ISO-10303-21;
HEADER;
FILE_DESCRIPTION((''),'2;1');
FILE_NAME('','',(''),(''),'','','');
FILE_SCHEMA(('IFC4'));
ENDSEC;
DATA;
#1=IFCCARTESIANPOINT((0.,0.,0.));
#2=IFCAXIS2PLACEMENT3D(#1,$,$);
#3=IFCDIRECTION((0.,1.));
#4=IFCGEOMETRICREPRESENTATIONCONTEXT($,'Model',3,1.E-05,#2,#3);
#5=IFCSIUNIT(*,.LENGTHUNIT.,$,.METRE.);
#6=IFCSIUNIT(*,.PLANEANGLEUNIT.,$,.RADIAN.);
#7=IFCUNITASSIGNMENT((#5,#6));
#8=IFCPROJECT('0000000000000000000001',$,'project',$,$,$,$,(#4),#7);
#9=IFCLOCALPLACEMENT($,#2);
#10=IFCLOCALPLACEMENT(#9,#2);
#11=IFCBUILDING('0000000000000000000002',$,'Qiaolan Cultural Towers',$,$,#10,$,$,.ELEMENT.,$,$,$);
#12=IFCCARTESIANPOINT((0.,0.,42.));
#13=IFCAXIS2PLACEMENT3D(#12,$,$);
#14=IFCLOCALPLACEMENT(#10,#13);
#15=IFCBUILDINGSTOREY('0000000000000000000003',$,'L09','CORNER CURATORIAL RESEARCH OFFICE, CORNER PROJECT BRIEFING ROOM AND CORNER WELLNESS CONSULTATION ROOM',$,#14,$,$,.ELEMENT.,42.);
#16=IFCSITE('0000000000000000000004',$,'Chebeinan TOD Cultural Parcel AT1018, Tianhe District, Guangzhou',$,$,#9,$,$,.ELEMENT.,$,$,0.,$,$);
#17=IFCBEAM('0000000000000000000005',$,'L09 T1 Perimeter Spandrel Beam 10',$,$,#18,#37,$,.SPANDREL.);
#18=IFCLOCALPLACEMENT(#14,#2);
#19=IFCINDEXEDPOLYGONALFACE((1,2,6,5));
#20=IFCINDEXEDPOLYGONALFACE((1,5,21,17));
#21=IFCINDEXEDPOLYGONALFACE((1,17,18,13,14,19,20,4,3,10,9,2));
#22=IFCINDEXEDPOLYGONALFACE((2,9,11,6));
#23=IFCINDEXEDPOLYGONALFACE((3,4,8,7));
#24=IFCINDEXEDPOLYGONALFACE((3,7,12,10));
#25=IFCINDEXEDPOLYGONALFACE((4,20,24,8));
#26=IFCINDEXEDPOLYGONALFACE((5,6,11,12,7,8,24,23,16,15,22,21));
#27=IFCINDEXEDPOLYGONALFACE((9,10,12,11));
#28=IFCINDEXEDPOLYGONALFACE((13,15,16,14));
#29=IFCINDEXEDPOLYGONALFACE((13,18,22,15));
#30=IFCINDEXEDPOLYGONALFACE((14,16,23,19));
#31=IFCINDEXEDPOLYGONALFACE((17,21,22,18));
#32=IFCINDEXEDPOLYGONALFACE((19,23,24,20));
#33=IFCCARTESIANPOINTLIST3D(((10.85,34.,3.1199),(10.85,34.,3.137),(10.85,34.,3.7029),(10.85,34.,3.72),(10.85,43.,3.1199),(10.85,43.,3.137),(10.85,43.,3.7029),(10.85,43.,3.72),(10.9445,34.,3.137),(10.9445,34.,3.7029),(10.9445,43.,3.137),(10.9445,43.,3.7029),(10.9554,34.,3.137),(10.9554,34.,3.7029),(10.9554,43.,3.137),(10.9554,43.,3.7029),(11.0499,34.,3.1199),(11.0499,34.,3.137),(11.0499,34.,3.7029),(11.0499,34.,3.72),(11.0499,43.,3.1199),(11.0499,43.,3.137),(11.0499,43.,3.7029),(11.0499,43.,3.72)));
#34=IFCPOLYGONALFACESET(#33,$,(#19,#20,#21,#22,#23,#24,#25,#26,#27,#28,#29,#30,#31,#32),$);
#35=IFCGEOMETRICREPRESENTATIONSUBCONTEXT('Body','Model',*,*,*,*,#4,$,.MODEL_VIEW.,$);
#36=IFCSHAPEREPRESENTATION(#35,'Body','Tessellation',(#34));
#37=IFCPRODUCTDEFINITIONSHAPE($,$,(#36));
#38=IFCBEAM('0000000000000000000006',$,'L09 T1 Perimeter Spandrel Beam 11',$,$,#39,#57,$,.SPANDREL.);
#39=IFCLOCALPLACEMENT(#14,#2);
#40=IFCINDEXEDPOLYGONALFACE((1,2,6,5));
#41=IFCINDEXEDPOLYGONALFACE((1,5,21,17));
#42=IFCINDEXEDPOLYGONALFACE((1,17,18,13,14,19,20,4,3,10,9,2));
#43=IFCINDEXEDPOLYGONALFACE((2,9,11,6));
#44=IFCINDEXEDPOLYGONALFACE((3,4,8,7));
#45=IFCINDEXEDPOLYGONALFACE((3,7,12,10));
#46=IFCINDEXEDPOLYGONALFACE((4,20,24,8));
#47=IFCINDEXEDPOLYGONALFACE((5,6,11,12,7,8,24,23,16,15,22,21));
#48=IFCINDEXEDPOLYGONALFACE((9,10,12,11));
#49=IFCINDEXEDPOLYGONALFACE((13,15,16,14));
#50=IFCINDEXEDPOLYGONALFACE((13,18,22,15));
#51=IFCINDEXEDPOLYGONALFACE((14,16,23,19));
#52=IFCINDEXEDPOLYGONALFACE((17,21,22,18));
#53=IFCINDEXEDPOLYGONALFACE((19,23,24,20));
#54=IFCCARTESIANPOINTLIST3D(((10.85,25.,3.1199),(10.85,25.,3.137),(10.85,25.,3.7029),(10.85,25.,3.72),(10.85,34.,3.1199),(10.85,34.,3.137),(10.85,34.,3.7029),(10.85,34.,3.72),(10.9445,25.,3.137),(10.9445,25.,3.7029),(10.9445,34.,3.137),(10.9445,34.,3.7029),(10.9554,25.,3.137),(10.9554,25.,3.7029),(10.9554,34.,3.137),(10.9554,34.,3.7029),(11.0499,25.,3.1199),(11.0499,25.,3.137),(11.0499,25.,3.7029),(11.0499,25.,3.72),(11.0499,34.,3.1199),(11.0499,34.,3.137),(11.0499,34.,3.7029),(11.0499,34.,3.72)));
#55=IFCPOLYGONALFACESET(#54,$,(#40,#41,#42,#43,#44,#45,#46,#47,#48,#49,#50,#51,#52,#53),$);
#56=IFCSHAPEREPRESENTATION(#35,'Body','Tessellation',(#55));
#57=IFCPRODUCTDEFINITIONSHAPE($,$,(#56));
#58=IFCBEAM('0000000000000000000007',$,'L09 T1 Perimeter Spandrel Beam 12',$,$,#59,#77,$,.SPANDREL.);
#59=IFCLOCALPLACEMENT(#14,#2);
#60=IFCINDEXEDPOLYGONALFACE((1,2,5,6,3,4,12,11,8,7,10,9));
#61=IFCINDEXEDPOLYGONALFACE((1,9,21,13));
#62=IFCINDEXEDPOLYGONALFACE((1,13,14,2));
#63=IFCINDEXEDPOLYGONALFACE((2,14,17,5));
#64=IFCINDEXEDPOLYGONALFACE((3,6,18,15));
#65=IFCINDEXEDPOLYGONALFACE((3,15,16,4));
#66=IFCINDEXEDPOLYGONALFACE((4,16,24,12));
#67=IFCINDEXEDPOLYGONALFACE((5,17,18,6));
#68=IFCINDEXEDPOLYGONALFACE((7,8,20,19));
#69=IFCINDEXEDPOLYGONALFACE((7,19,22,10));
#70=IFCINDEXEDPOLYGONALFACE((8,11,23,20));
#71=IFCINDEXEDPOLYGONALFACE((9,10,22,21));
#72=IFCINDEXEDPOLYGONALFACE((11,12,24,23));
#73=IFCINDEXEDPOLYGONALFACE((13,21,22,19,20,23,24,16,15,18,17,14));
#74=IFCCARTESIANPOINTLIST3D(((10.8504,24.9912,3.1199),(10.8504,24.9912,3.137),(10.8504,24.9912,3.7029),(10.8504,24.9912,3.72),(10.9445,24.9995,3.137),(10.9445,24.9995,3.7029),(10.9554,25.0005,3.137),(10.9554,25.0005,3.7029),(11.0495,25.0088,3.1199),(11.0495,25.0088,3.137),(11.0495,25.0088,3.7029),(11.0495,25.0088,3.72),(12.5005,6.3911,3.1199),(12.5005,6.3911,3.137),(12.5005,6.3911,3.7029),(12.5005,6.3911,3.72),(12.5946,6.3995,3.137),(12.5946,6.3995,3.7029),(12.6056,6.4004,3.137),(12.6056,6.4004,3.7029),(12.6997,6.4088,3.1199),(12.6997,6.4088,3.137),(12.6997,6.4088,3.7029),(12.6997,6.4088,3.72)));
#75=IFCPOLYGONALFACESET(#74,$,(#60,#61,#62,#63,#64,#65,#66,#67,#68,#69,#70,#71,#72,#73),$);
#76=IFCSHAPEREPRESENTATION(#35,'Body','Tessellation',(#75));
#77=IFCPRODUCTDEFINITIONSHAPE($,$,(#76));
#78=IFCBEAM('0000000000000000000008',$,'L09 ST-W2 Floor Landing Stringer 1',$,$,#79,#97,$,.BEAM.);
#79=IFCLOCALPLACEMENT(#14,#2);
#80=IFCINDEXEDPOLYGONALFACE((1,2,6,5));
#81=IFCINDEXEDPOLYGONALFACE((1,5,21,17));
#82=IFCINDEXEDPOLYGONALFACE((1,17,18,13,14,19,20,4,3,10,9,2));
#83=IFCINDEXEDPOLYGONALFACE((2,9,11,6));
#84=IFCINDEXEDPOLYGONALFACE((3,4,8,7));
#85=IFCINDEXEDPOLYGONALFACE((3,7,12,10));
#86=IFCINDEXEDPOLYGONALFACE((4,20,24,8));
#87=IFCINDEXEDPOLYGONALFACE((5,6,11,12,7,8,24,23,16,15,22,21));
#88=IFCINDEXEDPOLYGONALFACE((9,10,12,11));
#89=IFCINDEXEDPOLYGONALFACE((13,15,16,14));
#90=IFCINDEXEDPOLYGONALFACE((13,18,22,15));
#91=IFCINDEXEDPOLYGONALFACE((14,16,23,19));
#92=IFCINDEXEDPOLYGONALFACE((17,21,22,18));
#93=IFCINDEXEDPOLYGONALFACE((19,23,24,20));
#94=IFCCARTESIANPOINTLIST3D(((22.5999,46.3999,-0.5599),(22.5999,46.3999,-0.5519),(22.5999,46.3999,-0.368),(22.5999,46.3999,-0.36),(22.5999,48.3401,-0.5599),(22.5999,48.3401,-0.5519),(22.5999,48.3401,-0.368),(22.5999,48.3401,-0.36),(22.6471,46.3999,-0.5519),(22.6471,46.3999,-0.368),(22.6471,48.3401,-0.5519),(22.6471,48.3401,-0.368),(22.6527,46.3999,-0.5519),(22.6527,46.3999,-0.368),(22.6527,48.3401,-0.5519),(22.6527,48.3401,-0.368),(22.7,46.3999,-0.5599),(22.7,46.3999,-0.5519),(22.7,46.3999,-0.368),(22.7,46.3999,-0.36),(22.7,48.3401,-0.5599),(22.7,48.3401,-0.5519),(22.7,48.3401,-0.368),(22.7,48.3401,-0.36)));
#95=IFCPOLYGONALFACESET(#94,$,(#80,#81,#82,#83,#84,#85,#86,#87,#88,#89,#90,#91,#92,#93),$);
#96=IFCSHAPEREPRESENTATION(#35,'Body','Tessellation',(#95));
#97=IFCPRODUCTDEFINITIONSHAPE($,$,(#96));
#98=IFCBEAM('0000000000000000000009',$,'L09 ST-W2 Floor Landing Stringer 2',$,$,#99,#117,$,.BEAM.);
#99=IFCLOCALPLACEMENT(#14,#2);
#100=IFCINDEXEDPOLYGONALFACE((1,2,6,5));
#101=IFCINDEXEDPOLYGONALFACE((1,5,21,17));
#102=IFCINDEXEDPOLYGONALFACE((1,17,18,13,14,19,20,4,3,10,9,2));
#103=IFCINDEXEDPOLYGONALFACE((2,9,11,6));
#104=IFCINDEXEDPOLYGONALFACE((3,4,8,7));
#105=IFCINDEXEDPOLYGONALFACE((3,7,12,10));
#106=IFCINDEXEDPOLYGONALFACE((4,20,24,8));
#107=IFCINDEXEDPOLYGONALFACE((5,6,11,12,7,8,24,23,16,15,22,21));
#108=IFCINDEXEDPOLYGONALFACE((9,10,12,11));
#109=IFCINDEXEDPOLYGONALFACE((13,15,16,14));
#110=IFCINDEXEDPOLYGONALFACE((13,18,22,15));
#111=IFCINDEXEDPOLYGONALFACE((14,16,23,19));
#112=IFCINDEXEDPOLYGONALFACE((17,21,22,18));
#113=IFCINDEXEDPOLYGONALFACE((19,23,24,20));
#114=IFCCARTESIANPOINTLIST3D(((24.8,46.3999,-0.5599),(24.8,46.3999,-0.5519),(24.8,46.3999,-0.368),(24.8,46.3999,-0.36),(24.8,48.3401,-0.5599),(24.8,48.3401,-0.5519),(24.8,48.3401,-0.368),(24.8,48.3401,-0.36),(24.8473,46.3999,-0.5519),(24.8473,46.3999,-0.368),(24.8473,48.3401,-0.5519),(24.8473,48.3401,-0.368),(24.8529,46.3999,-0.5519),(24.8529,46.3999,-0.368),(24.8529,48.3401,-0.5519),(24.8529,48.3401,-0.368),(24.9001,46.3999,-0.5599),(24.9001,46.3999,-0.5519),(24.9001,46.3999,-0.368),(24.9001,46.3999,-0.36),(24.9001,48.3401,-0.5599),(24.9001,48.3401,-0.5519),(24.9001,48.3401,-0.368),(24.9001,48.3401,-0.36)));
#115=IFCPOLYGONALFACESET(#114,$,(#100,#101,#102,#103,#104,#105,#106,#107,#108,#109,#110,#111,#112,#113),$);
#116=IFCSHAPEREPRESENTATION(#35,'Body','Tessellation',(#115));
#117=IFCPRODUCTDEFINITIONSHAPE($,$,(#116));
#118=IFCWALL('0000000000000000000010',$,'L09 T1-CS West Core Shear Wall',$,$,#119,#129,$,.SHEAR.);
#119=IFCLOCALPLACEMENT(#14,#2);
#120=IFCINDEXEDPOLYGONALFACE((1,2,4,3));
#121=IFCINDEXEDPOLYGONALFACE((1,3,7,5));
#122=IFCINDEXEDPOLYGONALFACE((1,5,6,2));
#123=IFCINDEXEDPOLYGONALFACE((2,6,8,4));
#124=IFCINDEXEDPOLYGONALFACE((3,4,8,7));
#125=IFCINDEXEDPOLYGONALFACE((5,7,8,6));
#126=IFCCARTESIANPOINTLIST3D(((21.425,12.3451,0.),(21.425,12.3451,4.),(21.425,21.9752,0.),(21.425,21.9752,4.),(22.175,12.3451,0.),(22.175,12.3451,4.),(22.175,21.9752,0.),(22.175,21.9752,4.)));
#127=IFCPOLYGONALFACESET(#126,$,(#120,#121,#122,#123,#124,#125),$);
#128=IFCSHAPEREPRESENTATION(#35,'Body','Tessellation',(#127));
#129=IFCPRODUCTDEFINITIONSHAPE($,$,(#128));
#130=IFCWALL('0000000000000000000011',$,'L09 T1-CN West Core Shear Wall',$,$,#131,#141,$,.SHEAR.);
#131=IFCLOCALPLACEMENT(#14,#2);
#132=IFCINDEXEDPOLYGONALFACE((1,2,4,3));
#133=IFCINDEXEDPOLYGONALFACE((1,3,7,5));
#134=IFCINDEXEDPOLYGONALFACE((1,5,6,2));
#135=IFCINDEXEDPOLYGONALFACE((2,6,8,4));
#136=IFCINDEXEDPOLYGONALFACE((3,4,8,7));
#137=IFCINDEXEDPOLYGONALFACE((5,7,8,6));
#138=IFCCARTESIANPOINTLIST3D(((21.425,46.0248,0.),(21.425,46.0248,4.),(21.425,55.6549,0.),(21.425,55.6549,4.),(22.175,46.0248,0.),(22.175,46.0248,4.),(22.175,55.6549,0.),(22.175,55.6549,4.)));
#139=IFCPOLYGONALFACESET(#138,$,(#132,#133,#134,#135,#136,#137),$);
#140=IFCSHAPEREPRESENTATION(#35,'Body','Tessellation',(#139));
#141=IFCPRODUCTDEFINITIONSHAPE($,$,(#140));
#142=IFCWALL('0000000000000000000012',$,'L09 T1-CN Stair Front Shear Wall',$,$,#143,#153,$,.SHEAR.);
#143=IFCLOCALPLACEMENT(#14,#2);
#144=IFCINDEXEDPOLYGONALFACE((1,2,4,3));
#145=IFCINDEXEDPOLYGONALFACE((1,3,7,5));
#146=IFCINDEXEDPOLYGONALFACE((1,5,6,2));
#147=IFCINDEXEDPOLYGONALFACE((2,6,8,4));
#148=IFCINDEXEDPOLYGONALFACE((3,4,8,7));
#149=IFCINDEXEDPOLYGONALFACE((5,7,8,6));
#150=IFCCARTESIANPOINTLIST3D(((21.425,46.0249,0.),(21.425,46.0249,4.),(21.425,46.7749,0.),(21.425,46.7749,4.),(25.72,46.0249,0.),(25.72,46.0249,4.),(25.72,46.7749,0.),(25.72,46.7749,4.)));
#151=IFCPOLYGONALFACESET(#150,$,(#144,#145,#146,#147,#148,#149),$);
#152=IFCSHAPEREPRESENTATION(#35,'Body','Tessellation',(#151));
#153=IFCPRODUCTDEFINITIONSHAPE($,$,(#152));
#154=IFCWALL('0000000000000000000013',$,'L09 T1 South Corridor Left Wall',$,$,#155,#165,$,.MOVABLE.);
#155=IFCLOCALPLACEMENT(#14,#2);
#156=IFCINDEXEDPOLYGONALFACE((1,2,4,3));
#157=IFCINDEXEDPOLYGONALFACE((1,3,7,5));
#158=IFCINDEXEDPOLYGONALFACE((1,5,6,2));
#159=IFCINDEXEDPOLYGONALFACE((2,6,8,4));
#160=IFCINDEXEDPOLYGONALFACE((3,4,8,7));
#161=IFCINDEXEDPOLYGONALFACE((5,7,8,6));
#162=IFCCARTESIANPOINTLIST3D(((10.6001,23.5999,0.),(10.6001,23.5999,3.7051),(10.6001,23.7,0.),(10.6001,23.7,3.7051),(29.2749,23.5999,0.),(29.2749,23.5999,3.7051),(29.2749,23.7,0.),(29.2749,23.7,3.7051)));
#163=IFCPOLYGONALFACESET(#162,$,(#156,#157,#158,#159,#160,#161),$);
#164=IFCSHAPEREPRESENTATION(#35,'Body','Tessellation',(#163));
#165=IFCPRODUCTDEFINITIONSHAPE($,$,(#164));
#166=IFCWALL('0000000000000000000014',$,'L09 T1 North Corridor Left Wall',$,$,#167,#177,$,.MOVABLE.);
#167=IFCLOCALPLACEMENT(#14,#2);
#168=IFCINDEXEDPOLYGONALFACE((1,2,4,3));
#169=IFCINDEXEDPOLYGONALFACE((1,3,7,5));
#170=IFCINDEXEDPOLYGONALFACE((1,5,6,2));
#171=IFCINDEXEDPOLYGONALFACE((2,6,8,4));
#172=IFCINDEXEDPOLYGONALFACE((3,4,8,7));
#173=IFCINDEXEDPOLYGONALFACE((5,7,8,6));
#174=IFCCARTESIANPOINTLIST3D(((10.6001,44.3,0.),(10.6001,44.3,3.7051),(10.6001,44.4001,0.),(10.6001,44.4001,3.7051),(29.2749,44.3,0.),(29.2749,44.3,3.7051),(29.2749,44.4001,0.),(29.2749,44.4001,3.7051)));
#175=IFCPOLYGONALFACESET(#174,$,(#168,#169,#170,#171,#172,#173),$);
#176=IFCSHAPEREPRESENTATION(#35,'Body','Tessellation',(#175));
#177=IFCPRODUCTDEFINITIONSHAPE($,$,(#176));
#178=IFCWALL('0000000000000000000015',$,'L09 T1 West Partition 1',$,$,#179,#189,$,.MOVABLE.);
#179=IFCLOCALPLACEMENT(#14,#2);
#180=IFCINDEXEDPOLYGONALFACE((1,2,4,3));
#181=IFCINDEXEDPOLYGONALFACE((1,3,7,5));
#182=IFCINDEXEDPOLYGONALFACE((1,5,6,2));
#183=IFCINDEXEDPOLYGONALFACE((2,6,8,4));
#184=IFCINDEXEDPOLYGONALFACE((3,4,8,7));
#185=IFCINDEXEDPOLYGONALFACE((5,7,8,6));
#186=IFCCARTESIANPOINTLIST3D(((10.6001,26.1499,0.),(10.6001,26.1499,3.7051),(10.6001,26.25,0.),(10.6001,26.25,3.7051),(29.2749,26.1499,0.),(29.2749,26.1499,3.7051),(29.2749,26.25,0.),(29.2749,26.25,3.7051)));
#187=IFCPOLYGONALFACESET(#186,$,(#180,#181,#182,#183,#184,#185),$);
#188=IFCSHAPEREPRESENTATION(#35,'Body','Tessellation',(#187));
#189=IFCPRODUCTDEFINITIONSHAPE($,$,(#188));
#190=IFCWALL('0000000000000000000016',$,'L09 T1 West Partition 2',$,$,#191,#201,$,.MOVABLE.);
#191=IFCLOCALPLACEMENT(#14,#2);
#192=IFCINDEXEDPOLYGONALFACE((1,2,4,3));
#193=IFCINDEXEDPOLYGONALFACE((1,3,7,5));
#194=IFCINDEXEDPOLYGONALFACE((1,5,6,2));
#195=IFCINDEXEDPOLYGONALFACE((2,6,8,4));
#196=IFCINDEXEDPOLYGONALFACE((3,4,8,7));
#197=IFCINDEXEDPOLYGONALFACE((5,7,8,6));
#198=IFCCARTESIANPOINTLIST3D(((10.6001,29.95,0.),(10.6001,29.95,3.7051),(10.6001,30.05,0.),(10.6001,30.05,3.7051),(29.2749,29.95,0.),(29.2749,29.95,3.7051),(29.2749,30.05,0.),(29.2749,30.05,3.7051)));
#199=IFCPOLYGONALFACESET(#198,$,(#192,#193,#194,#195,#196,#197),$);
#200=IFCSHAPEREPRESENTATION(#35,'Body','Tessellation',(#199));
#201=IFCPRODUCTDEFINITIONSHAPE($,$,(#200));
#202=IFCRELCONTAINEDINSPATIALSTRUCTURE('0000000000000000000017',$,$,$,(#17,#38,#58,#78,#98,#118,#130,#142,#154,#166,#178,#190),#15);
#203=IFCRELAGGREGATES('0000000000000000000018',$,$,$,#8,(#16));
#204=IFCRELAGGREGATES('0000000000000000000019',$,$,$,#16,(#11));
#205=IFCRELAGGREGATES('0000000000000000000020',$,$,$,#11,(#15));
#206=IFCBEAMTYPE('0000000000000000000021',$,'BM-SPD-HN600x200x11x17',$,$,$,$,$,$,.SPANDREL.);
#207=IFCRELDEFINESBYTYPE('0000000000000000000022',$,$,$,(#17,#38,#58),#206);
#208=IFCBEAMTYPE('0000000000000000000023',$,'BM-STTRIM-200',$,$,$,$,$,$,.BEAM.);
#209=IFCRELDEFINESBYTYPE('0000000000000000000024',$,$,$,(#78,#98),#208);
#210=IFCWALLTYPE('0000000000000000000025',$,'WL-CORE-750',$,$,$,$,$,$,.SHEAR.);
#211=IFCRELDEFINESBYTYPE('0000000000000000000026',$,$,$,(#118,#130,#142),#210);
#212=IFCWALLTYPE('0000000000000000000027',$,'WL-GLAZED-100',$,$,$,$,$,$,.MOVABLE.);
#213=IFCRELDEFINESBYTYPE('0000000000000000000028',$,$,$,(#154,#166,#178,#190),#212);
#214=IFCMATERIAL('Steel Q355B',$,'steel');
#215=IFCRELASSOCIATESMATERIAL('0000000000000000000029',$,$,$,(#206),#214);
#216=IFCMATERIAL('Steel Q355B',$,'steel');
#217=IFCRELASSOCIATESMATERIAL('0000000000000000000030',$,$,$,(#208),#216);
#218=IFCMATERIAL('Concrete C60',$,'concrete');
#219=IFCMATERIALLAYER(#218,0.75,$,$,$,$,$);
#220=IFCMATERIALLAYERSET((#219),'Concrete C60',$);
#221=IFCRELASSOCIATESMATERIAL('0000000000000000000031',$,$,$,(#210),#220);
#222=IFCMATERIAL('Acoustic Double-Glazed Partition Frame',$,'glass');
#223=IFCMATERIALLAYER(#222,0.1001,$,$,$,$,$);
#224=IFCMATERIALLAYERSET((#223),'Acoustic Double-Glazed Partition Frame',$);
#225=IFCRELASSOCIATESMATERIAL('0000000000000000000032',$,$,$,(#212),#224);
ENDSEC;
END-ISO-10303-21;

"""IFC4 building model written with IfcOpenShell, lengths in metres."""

from ifc_helpers import new_model, si_unit, direction, frame, frame_2d, origin, origin_2d, place, context, subcontext, project, spatial, rectangle, i_section, extrude, material, layer, layer_set, material_profile, profile_set, type_object, element, save


model = new_model("IFC4")

# Units and contexts
model_context = context("Model", 3, precision=1e-05, world=origin(), true_north=direction((0.0, 1.0)))
body_context = subcontext(model_context, "Body", "Model", "MODEL_VIEW")
ifc_project = project(units=[si_unit("LENGTHUNIT", "METRE"), si_unit("PLANEANGLEUNIT", "RADIAN")], contexts=[model_context])

# Site, building, storey
site_placement = place(None, origin())
site = spatial("IfcSite", under=ifc_project, at=site_placement, Name="Chebeinan TOD Cultural Parcel AT1018, Tianhe District, Guangzhou", CompositionType="ELEMENT", RefElevation=0.0)
building_placement = place(site_placement, origin())
building = spatial("IfcBuilding", under=site, at=building_placement, Name="Qiaolan Cultural Towers", CompositionType="ELEMENT")
storey_placement = place(building_placement, frame((0.0, 0.0, 42.0)))
storey = spatial("IfcBuildingStorey", under=building, at=storey_placement, Name="L09", Description="CORNER CURATORIAL RESEARCH OFFICE, CORNER PROJECT BRIEFING ROOM AND CORNER WELLNESS CONSULTATION ROOM", CompositionType="ELEMENT", Elevation=42.0)

# Beams
ifc_material_1 = material(Name="Steel Q355B", Category="steel")
ifc_material_profile_1 = material_profile(ifc_material_1, i_section(OverallWidth=0.2, OverallDepth=0.6001, WebThickness=0.011, FlangeThickness=0.0171, at=origin_2d()), Name="HN600x200x11x17")
ifc_profile_set_1 = profile_set([ifc_material_profile_1], Name="Steel Q355B")
beam_type_1 = type_object("IfcBeamType", Name="BM-SPD-HN600x200x11x17", PredefinedType="SPANDREL", material=ifc_profile_set_1)
for number, where, z_axis, x_axis, name in (
    (1, (10.95, 43.0, 3.4199), (0.0, -1.0, 0.0), (1.0, 0.0, 0.0), "L09 T1 Perimeter Spandrel Beam 10"),
    (2, (10.95, 34.0, 3.4199), (0.0, -1.0, 0.0), (1.0, 0.0, 0.0), "L09 T1 Perimeter Spandrel Beam 11"),
):
    element("IfcBeam", number, at=place(storey_placement, frame(where, z_axis=z_axis, x_axis=x_axis)), inside=storey, type_object=beam_type_1, Name=name, PredefinedType="SPANDREL", context=body_context, shape_type="SweptSolid", body=[
        extrude(i_section(OverallWidth=0.2, OverallDepth=0.6001, WebThickness=0.011, FlangeThickness=0.0171, at=origin_2d()), origin(), (0.0, 0.0, 1.0), 9.0),
    ])
beam_1_placement = place(storey_placement, frame((10.95, 25.0, 3.4199), z_axis=(0.08837, -0.996088, 0.0), x_axis=(0.996088, 0.08837, 0.0)))
element("IfcBeam", 3, at=beam_1_placement, inside=storey, type_object=beam_type_1, Name="L09 T1 Perimeter Spandrel Beam 12", PredefinedType="SPANDREL", context=body_context, shape_type="SweptSolid", body=[
    extrude(i_section(OverallWidth=0.2, OverallDepth=0.6001, WebThickness=0.011, FlangeThickness=0.0171, at=origin_2d()), origin(), (0.0, 0.0, 1.0), 18.6731),
])
ifc_material_2 = material(Name="Steel Q355B", Category="steel")
ifc_material_profile_2 = material_profile(ifc_material_2, i_section(OverallWidth=0.1001, OverallDepth=0.2, WebThickness=0.0056, FlangeThickness=0.0081, at=origin_2d()), Name="HN200x100x5.5x8")
ifc_profile_set_2 = profile_set([ifc_material_profile_2], Name="Steel Q355B")
beam_type_2 = type_object("IfcBeamType", Name="BM-STTRIM-200", PredefinedType="BEAM", material=ifc_profile_set_2)
for number, where, z_axis, x_axis, name in (
    (4, (22.6499, 46.3999, -0.46), (0.0, 1.0, 0.0), (-1.0, 0.0, 0.0), "L09 ST-W2 Floor Landing Stringer 1"),
    (5, (24.8501, 46.3999, -0.46), (0.0, 1.0, 0.0), (-1.0, 0.0, 0.0), "L09 ST-W2 Floor Landing Stringer 2"),
):
    element("IfcBeam", number, at=place(storey_placement, frame(where, z_axis=z_axis, x_axis=x_axis)), inside=storey, type_object=beam_type_2, Name=name, PredefinedType="BEAM", context=body_context, shape_type="SweptSolid", body=[
        extrude(i_section(OverallWidth=0.1001, OverallDepth=0.2, WebThickness=0.0056, FlangeThickness=0.0081, at=origin_2d()), origin(), (0.0, 0.0, 1.0), 1.9402),
    ])

# Walls
ifc_material_3 = material(Name="Concrete C60", Category="concrete")
ifc_layer_1 = layer(ifc_material_3, 0.75)
ifc_layer_set_1 = layer_set([ifc_layer_1], Name="Concrete C60")
wall_type_1 = type_object("IfcWallType", Name="WL-CORE-750", PredefinedType="SHEAR", material=ifc_layer_set_1)
for number, where, z_axis, x_axis, name in (
    (6, (21.8, 21.9751, 0.0), (0.0, 0.0, 1.0), (0.0, -1.0, 0.0), "L09 T1-CS West Core Shear Wall"),
    (7, (21.8, 46.0249, 0.0), (0.0, 0.0, 1.0), (0.0, 1.0, 0.0), "L09 T1-CN West Core Shear Wall"),
):
    element("IfcWall", number, at=place(storey_placement, frame(where, z_axis=z_axis, x_axis=x_axis)), inside=storey, type_object=wall_type_1, Name=name, PredefinedType="SHEAR", context=body_context, shape_type="SweptSolid", body=[
        extrude(rectangle(XDim=9.6301, YDim=0.75, at=frame_2d((4.8149, 0.0))), origin(), (0.0, 0.0, 1.0), 4.0),
    ])
wall_1_placement = place(storey_placement, frame((21.425, 46.3999, 0.0), z_axis=(0.0, 0.0, 1.0), x_axis=(1.0, 0.0, 0.0)))
element("IfcWall", 8, at=wall_1_placement, inside=storey, type_object=wall_type_1, Name="L09 T1-CN Stair Front Shear Wall", PredefinedType="SHEAR", context=body_context, shape_type="SweptSolid", body=[
    extrude(rectangle(XDim=4.2949, YDim=0.75, at=frame_2d((2.1475, 0.0))), origin(), (0.0, 0.0, 1.0), 4.0),
])
ifc_material_4 = material(Name="Acoustic Double-Glazed Partition Frame", Category="glass")
ifc_layer_2 = layer(ifc_material_4, 0.1001)
ifc_layer_set_2 = layer_set([ifc_layer_2], Name="Acoustic Double-Glazed Partition Frame")
wall_type_2 = type_object("IfcWallType", Name="WL-GLAZED-100", PredefinedType="MOVABLE", material=ifc_layer_set_2)
for number, where, z_axis, x_axis, name in (
    (9, (10.6001, 23.6499, 0.0), (0.0, 0.0, 1.0), (1.0, 0.0, 0.0), "L09 T1 South Corridor Left Wall"),
    (10, (10.6001, 44.3501, 0.0), (0.0, 0.0, 1.0), (1.0, 0.0, 0.0), "L09 T1 North Corridor Left Wall"),
    (11, (10.6001, 26.2, 0.0), (0.0, 0.0, 1.0), (1.0, 0.0, 0.0), "L09 T1 West Partition 1"),
    (12, (10.6001, 30.0, 0.0), (0.0, 0.0, 1.0), (1.0, 0.0, 0.0), "L09 T1 West Partition 2"),
):
    element("IfcWall", number, at=place(storey_placement, frame(where, z_axis=z_axis, x_axis=x_axis)), inside=storey, type_object=wall_type_2, Name=name, PredefinedType="MOVABLE", context=body_context, shape_type="SweptSolid", body=[
        extrude(rectangle(XDim=18.6748, YDim=0.1001, at=frame_2d((9.3374, 0.0))), origin(), (0.0, 0.0, 1.0), 3.7051),
    ])

save(model, "model.ifc")
